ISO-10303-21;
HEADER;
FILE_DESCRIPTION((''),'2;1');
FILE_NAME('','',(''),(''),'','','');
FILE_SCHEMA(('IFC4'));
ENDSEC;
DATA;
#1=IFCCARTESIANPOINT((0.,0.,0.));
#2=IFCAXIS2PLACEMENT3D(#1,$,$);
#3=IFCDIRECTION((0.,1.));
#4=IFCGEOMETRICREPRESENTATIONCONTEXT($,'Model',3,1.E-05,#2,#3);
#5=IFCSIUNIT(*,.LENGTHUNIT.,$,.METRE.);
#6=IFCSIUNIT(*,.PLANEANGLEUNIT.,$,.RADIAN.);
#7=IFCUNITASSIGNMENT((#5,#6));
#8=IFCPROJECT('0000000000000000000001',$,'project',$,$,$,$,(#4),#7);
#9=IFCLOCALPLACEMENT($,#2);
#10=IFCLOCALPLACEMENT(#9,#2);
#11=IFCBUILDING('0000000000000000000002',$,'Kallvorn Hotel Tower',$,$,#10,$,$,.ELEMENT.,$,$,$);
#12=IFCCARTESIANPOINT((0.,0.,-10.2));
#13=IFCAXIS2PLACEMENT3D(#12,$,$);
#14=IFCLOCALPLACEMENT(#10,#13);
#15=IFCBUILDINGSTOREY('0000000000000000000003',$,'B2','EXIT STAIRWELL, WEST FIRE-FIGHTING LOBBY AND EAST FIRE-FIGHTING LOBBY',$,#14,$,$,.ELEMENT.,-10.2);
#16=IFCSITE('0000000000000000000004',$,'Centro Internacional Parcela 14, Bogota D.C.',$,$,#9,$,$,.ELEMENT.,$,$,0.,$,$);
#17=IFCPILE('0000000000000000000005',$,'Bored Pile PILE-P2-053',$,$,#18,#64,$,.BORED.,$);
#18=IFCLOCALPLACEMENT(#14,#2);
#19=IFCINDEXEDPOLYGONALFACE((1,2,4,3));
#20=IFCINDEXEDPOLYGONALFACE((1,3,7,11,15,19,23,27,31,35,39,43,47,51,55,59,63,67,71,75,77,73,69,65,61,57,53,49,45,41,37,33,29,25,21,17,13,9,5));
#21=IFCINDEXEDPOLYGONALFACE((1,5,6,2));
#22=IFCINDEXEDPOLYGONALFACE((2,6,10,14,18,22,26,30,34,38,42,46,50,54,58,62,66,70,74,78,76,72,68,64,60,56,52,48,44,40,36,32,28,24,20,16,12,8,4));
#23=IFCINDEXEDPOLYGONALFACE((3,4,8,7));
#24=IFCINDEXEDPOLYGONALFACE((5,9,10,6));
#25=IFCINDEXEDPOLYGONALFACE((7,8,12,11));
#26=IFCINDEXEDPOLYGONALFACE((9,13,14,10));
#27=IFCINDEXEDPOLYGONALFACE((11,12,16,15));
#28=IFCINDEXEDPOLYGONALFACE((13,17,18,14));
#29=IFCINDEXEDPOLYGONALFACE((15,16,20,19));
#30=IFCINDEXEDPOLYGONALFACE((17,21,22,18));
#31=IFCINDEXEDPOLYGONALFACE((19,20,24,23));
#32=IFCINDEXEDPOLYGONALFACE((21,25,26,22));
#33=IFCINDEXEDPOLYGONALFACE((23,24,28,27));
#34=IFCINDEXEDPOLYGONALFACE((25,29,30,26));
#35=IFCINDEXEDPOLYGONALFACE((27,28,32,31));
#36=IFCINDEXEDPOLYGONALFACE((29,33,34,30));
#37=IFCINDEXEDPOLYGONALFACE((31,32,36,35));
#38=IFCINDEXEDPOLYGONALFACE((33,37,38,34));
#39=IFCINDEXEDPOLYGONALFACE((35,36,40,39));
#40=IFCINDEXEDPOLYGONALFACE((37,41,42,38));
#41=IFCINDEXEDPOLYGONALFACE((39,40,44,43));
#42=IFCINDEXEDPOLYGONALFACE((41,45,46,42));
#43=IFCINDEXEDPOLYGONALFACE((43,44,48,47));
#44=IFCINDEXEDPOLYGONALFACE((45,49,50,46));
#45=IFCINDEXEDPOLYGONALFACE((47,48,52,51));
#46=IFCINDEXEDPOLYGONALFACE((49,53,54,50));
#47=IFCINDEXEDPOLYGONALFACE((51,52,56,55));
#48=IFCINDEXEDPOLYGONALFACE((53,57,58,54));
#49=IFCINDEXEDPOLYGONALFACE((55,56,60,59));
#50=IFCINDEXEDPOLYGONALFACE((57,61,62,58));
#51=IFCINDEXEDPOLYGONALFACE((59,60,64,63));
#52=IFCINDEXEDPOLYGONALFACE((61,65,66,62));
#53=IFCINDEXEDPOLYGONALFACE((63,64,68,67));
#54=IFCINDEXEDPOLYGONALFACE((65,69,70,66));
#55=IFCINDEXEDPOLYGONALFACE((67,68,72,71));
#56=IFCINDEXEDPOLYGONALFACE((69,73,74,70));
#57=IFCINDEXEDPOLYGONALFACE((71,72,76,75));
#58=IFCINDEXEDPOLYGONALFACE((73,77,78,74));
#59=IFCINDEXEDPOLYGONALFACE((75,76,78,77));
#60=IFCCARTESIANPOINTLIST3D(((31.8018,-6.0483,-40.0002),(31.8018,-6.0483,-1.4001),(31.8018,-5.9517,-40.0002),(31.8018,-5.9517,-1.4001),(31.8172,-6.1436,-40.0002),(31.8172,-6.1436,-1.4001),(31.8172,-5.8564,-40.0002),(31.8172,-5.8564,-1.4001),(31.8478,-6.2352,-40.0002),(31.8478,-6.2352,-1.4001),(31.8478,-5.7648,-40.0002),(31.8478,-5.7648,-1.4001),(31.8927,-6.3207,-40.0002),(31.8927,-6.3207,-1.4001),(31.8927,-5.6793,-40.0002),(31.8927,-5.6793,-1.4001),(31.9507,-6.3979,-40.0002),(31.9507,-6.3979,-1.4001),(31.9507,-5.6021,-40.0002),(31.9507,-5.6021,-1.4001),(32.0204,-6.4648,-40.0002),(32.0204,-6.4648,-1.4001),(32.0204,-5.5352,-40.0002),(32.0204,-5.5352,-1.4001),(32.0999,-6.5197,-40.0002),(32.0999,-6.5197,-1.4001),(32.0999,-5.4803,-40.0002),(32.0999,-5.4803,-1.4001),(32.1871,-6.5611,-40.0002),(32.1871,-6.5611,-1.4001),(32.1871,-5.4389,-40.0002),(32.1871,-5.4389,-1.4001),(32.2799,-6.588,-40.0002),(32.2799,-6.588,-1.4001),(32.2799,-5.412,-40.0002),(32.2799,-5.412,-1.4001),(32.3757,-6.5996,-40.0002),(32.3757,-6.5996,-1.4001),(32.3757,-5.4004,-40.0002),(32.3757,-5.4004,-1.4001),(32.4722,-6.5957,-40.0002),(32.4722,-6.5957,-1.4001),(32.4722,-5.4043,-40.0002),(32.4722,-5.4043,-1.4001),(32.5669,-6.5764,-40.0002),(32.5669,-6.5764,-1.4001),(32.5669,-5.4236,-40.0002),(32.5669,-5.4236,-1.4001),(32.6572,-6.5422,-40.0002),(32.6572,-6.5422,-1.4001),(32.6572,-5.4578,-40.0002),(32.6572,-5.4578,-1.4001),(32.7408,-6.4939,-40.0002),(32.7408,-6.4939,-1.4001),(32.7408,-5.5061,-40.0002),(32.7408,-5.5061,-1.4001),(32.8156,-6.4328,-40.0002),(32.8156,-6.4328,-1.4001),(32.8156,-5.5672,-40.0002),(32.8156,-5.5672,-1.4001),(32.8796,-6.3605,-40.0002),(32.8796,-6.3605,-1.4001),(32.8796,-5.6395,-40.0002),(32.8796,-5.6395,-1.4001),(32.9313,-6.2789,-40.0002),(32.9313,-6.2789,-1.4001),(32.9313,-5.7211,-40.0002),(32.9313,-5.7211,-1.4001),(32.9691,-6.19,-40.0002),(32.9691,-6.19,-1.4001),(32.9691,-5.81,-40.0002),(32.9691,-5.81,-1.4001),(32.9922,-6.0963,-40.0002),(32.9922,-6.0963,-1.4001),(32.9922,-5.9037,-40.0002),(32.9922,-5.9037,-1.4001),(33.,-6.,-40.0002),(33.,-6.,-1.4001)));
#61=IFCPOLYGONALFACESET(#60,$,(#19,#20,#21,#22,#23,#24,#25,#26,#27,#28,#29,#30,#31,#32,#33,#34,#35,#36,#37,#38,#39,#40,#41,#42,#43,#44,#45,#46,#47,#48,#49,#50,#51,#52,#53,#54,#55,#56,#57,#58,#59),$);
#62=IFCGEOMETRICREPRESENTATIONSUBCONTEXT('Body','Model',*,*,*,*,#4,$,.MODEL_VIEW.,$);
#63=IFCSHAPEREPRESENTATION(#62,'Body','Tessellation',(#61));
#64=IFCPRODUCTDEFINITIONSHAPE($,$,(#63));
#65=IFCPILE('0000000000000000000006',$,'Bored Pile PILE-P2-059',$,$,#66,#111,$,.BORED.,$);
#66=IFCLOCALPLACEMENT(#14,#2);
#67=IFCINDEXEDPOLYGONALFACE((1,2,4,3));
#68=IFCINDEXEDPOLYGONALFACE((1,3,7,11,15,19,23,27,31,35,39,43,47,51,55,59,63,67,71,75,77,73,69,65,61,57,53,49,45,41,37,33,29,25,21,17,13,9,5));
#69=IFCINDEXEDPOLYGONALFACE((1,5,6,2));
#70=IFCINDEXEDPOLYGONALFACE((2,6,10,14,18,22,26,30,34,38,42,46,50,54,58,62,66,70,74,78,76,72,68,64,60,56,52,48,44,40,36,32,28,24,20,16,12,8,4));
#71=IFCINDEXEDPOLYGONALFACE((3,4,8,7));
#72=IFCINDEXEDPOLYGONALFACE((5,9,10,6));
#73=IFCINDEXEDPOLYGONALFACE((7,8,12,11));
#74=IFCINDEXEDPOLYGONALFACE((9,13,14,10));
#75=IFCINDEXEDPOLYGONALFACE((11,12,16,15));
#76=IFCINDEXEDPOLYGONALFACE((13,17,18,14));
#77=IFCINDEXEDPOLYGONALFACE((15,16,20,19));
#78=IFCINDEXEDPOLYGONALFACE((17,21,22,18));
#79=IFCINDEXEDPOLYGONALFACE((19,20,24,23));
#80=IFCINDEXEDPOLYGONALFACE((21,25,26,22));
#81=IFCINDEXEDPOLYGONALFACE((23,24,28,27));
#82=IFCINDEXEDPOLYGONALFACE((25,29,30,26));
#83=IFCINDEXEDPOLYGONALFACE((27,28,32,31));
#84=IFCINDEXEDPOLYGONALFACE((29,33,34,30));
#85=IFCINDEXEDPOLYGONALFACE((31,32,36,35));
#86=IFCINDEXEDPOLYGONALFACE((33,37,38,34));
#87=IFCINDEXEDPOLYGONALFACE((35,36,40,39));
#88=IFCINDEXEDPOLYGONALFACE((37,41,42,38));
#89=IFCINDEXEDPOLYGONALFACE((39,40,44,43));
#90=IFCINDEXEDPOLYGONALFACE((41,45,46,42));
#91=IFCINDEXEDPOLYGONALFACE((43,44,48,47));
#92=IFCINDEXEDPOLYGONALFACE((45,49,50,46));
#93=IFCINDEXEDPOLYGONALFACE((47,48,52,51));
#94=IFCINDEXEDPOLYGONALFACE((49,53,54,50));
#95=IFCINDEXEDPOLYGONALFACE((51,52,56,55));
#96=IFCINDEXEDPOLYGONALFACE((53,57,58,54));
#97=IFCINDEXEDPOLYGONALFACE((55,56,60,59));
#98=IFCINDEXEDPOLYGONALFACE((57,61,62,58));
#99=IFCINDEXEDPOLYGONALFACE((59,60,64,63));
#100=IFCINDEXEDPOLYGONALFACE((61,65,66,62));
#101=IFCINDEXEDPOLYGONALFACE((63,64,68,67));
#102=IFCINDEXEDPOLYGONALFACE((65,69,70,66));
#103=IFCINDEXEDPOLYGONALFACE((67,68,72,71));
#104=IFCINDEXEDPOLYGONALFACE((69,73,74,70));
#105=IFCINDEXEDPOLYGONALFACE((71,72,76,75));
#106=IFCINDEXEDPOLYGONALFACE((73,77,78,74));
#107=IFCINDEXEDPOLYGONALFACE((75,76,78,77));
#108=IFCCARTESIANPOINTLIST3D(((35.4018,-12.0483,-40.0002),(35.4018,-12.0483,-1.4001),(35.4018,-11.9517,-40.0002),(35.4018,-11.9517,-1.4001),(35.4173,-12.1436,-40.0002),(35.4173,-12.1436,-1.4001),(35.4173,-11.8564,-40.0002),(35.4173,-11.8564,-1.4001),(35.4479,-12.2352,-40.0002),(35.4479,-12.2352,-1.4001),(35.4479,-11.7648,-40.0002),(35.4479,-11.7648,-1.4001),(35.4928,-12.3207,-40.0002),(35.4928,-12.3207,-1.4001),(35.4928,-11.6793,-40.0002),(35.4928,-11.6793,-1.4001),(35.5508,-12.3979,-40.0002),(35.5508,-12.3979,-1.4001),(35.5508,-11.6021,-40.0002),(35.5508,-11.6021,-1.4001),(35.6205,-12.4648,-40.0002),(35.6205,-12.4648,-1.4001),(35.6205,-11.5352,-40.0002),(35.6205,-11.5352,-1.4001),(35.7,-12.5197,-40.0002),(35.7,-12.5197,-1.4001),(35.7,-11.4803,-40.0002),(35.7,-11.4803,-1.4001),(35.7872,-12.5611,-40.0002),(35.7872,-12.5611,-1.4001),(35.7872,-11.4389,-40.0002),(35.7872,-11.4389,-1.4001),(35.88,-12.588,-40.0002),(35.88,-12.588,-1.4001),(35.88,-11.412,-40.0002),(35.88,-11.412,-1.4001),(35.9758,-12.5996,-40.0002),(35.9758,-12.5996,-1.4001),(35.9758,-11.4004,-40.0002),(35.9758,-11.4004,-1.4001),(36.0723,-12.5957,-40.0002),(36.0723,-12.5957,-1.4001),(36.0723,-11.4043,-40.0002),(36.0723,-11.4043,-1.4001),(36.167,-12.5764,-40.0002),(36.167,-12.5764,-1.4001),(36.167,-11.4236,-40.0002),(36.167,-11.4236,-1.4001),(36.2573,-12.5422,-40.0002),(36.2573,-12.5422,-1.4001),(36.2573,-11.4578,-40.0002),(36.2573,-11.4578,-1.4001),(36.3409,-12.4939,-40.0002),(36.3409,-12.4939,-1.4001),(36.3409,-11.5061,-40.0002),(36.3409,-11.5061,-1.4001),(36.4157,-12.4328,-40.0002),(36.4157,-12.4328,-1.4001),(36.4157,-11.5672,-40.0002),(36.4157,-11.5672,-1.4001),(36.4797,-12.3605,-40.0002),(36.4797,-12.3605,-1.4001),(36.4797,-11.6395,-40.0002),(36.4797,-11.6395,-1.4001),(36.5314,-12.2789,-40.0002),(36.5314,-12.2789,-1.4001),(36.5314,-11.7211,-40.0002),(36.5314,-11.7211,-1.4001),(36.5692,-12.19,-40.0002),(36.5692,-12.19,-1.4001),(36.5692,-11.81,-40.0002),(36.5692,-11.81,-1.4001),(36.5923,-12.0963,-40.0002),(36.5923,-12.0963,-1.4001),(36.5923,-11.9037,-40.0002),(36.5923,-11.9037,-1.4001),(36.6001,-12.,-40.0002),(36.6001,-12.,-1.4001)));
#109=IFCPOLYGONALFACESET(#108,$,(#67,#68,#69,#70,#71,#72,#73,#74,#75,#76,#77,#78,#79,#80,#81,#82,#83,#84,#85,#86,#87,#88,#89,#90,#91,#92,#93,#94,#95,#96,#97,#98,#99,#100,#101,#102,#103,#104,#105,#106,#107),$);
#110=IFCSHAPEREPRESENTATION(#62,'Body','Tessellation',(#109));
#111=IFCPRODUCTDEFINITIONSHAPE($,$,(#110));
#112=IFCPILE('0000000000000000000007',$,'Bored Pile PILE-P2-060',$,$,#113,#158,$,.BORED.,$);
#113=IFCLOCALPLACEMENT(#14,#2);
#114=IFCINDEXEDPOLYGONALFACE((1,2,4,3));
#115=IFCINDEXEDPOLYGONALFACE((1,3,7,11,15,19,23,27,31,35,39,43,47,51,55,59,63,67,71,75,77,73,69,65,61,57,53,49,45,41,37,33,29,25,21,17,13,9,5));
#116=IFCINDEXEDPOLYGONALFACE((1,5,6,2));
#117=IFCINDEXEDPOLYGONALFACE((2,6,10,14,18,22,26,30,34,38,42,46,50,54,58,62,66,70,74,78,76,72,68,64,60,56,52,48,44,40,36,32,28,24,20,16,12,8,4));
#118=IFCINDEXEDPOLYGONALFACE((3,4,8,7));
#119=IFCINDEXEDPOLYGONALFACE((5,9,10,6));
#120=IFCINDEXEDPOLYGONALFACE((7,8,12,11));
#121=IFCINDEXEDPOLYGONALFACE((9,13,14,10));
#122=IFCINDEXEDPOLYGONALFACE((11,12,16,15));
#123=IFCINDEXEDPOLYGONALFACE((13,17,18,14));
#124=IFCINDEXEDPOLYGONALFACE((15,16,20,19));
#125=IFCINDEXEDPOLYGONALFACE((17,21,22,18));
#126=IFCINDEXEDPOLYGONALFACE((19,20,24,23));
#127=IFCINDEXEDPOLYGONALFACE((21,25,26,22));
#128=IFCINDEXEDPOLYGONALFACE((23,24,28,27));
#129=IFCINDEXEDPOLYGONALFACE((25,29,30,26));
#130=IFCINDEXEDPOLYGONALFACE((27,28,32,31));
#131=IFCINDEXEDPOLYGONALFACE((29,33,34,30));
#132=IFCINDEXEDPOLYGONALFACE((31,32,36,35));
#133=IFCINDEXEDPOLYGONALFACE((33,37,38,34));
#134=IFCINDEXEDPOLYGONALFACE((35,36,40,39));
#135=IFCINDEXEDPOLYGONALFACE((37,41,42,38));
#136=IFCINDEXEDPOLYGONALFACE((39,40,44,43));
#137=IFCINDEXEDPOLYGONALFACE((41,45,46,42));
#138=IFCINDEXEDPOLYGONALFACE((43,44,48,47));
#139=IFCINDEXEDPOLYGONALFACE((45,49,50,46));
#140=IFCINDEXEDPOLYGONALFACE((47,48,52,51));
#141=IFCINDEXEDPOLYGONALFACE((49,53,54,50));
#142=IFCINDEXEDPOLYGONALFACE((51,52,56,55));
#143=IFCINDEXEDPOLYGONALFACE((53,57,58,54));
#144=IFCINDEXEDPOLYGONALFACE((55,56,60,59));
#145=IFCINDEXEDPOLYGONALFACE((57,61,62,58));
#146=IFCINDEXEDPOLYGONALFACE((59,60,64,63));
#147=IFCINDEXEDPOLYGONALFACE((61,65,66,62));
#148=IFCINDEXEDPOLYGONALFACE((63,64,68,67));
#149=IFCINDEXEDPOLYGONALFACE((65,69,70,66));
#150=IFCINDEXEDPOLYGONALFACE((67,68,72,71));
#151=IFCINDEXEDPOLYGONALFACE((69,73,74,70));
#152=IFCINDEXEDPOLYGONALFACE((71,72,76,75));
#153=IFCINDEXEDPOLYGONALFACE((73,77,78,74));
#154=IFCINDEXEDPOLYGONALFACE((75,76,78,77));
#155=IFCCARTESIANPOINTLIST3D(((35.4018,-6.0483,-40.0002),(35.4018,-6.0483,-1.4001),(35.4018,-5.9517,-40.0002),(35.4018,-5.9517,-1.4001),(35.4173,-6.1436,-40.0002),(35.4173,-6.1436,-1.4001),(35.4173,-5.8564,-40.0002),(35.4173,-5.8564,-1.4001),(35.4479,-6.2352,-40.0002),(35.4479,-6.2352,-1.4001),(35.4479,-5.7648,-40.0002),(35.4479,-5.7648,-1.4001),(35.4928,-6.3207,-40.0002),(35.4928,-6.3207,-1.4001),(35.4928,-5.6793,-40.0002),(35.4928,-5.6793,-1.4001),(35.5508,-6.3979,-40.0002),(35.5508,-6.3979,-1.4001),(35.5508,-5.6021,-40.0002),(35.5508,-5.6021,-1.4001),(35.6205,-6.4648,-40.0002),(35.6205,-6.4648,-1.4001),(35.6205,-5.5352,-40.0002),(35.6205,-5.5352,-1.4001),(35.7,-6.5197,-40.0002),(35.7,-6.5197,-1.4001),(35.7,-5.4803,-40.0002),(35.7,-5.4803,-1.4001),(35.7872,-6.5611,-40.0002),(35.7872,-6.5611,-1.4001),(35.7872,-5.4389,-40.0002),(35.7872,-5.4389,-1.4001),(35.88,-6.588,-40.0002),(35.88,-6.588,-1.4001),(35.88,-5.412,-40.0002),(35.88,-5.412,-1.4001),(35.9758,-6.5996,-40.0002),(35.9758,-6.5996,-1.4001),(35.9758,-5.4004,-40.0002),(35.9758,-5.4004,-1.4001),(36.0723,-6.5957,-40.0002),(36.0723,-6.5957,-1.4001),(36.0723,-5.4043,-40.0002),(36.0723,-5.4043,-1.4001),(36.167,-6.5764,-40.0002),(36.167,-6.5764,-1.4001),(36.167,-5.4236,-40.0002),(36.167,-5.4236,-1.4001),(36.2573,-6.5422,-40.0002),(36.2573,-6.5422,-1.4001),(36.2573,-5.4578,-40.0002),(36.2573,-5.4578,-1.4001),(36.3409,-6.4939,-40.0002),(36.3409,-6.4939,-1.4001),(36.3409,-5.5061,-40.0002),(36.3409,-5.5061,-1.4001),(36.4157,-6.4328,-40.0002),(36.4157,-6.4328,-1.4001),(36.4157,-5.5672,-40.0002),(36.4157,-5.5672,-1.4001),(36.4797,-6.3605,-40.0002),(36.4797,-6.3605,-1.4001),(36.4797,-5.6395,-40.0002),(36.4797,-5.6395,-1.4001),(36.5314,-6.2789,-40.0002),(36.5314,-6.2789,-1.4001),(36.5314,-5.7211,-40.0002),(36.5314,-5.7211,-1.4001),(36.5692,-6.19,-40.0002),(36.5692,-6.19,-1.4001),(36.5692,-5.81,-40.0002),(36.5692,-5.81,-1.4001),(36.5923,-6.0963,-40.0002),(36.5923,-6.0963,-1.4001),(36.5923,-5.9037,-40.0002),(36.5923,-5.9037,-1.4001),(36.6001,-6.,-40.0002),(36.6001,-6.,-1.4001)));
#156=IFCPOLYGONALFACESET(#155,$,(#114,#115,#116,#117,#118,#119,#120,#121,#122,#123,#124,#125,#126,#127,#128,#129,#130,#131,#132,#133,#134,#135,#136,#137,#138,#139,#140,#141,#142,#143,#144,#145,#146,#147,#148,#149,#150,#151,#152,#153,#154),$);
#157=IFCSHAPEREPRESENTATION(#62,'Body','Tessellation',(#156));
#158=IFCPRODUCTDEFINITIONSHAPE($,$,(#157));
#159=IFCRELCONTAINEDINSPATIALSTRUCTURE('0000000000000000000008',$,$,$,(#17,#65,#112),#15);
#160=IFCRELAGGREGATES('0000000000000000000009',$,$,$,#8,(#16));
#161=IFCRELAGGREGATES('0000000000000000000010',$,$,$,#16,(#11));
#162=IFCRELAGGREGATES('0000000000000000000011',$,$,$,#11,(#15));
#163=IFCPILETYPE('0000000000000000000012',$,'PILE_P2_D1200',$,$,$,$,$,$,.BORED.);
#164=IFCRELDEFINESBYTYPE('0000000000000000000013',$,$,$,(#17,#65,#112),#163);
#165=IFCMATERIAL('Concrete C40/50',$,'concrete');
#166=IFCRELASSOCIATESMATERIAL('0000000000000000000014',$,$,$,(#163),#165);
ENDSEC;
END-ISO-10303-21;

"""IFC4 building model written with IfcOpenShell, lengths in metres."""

from ifc_helpers import new_model, si_unit, direction, frame, origin, origin_2d, place, context, subcontext, project, spatial, circle, extrude, material, material_profile, profile_set, type_object, element, save


model = new_model("IFC4")

# Units and contexts
model_context = context("Model", 3, precision=1e-05, world=origin(), true_north=direction((0.0, 1.0)))
body_context = subcontext(model_context, "Body", "Model", "MODEL_VIEW")
ifc_project = project(units=[si_unit("LENGTHUNIT", "METRE"), si_unit("PLANEANGLEUNIT", "RADIAN")], contexts=[model_context])

# Site, building, storey
site_placement = place(None, origin())
site = spatial("IfcSite", under=ifc_project, at=site_placement, Name="Centro Internacional Parcela 14, Bogota D.C.", CompositionType="ELEMENT", RefElevation=0.0)
building_placement = place(site_placement, origin())
building = spatial("IfcBuilding", under=site, at=building_placement, Name="Kallvorn Hotel Tower", CompositionType="ELEMENT")
storey_placement = place(building_placement, frame((0.0, 0.0, -10.2)))
storey = spatial("IfcBuildingStorey", under=building, at=storey_placement, Name="B2", Description="EXIT STAIRWELL, WEST FIRE-FIGHTING LOBBY AND EAST FIRE-FIGHTING LOBBY", CompositionType="ELEMENT", Elevation=-10.2)

# Piles
ifc_material_1 = material(Name="Concrete C40/50", Category="concrete")
ifc_material_profile_1 = material_profile(ifc_material_1, circle(Radius=0.6001, at=origin_2d()), Name="PILE D1200")
ifc_profile_set_1 = profile_set([ifc_material_profile_1], Name="Concrete C40/50")
pile_type_1 = type_object("IfcPileType", Name="PILE_P2_D1200", PredefinedType="BORED", material=ifc_profile_set_1)
for number, where, z_axis, x_axis, name in (
    (1, (32.3999, -6.0, -1.4001), (0.0, 0.0, -1.0), (1.0, 0.0, 0.0), "Bored Pile PILE-P2-053"),
    (2, (36.0, -12.0, -1.4001), (0.0, 0.0, -1.0), (1.0, 0.0, 0.0), "Bored Pile PILE-P2-059"),
    (3, (36.0, -6.0, -1.4001), (0.0, 0.0, -1.0), (1.0, 0.0, 0.0), "Bored Pile PILE-P2-060"),
):
    element("IfcPile", number, at=place(storey_placement, frame(where, z_axis=z_axis, x_axis=x_axis)), inside=storey, type_object=pile_type_1, Name=name, PredefinedType="BORED", context=body_context, shape_type="SweptSolid", body=[
        extrude(circle(Radius=0.6001, at=origin_2d()), origin(), (0.0, 0.0, 1.0), 38.6001),
    ])

save(model, "model.ifc")
